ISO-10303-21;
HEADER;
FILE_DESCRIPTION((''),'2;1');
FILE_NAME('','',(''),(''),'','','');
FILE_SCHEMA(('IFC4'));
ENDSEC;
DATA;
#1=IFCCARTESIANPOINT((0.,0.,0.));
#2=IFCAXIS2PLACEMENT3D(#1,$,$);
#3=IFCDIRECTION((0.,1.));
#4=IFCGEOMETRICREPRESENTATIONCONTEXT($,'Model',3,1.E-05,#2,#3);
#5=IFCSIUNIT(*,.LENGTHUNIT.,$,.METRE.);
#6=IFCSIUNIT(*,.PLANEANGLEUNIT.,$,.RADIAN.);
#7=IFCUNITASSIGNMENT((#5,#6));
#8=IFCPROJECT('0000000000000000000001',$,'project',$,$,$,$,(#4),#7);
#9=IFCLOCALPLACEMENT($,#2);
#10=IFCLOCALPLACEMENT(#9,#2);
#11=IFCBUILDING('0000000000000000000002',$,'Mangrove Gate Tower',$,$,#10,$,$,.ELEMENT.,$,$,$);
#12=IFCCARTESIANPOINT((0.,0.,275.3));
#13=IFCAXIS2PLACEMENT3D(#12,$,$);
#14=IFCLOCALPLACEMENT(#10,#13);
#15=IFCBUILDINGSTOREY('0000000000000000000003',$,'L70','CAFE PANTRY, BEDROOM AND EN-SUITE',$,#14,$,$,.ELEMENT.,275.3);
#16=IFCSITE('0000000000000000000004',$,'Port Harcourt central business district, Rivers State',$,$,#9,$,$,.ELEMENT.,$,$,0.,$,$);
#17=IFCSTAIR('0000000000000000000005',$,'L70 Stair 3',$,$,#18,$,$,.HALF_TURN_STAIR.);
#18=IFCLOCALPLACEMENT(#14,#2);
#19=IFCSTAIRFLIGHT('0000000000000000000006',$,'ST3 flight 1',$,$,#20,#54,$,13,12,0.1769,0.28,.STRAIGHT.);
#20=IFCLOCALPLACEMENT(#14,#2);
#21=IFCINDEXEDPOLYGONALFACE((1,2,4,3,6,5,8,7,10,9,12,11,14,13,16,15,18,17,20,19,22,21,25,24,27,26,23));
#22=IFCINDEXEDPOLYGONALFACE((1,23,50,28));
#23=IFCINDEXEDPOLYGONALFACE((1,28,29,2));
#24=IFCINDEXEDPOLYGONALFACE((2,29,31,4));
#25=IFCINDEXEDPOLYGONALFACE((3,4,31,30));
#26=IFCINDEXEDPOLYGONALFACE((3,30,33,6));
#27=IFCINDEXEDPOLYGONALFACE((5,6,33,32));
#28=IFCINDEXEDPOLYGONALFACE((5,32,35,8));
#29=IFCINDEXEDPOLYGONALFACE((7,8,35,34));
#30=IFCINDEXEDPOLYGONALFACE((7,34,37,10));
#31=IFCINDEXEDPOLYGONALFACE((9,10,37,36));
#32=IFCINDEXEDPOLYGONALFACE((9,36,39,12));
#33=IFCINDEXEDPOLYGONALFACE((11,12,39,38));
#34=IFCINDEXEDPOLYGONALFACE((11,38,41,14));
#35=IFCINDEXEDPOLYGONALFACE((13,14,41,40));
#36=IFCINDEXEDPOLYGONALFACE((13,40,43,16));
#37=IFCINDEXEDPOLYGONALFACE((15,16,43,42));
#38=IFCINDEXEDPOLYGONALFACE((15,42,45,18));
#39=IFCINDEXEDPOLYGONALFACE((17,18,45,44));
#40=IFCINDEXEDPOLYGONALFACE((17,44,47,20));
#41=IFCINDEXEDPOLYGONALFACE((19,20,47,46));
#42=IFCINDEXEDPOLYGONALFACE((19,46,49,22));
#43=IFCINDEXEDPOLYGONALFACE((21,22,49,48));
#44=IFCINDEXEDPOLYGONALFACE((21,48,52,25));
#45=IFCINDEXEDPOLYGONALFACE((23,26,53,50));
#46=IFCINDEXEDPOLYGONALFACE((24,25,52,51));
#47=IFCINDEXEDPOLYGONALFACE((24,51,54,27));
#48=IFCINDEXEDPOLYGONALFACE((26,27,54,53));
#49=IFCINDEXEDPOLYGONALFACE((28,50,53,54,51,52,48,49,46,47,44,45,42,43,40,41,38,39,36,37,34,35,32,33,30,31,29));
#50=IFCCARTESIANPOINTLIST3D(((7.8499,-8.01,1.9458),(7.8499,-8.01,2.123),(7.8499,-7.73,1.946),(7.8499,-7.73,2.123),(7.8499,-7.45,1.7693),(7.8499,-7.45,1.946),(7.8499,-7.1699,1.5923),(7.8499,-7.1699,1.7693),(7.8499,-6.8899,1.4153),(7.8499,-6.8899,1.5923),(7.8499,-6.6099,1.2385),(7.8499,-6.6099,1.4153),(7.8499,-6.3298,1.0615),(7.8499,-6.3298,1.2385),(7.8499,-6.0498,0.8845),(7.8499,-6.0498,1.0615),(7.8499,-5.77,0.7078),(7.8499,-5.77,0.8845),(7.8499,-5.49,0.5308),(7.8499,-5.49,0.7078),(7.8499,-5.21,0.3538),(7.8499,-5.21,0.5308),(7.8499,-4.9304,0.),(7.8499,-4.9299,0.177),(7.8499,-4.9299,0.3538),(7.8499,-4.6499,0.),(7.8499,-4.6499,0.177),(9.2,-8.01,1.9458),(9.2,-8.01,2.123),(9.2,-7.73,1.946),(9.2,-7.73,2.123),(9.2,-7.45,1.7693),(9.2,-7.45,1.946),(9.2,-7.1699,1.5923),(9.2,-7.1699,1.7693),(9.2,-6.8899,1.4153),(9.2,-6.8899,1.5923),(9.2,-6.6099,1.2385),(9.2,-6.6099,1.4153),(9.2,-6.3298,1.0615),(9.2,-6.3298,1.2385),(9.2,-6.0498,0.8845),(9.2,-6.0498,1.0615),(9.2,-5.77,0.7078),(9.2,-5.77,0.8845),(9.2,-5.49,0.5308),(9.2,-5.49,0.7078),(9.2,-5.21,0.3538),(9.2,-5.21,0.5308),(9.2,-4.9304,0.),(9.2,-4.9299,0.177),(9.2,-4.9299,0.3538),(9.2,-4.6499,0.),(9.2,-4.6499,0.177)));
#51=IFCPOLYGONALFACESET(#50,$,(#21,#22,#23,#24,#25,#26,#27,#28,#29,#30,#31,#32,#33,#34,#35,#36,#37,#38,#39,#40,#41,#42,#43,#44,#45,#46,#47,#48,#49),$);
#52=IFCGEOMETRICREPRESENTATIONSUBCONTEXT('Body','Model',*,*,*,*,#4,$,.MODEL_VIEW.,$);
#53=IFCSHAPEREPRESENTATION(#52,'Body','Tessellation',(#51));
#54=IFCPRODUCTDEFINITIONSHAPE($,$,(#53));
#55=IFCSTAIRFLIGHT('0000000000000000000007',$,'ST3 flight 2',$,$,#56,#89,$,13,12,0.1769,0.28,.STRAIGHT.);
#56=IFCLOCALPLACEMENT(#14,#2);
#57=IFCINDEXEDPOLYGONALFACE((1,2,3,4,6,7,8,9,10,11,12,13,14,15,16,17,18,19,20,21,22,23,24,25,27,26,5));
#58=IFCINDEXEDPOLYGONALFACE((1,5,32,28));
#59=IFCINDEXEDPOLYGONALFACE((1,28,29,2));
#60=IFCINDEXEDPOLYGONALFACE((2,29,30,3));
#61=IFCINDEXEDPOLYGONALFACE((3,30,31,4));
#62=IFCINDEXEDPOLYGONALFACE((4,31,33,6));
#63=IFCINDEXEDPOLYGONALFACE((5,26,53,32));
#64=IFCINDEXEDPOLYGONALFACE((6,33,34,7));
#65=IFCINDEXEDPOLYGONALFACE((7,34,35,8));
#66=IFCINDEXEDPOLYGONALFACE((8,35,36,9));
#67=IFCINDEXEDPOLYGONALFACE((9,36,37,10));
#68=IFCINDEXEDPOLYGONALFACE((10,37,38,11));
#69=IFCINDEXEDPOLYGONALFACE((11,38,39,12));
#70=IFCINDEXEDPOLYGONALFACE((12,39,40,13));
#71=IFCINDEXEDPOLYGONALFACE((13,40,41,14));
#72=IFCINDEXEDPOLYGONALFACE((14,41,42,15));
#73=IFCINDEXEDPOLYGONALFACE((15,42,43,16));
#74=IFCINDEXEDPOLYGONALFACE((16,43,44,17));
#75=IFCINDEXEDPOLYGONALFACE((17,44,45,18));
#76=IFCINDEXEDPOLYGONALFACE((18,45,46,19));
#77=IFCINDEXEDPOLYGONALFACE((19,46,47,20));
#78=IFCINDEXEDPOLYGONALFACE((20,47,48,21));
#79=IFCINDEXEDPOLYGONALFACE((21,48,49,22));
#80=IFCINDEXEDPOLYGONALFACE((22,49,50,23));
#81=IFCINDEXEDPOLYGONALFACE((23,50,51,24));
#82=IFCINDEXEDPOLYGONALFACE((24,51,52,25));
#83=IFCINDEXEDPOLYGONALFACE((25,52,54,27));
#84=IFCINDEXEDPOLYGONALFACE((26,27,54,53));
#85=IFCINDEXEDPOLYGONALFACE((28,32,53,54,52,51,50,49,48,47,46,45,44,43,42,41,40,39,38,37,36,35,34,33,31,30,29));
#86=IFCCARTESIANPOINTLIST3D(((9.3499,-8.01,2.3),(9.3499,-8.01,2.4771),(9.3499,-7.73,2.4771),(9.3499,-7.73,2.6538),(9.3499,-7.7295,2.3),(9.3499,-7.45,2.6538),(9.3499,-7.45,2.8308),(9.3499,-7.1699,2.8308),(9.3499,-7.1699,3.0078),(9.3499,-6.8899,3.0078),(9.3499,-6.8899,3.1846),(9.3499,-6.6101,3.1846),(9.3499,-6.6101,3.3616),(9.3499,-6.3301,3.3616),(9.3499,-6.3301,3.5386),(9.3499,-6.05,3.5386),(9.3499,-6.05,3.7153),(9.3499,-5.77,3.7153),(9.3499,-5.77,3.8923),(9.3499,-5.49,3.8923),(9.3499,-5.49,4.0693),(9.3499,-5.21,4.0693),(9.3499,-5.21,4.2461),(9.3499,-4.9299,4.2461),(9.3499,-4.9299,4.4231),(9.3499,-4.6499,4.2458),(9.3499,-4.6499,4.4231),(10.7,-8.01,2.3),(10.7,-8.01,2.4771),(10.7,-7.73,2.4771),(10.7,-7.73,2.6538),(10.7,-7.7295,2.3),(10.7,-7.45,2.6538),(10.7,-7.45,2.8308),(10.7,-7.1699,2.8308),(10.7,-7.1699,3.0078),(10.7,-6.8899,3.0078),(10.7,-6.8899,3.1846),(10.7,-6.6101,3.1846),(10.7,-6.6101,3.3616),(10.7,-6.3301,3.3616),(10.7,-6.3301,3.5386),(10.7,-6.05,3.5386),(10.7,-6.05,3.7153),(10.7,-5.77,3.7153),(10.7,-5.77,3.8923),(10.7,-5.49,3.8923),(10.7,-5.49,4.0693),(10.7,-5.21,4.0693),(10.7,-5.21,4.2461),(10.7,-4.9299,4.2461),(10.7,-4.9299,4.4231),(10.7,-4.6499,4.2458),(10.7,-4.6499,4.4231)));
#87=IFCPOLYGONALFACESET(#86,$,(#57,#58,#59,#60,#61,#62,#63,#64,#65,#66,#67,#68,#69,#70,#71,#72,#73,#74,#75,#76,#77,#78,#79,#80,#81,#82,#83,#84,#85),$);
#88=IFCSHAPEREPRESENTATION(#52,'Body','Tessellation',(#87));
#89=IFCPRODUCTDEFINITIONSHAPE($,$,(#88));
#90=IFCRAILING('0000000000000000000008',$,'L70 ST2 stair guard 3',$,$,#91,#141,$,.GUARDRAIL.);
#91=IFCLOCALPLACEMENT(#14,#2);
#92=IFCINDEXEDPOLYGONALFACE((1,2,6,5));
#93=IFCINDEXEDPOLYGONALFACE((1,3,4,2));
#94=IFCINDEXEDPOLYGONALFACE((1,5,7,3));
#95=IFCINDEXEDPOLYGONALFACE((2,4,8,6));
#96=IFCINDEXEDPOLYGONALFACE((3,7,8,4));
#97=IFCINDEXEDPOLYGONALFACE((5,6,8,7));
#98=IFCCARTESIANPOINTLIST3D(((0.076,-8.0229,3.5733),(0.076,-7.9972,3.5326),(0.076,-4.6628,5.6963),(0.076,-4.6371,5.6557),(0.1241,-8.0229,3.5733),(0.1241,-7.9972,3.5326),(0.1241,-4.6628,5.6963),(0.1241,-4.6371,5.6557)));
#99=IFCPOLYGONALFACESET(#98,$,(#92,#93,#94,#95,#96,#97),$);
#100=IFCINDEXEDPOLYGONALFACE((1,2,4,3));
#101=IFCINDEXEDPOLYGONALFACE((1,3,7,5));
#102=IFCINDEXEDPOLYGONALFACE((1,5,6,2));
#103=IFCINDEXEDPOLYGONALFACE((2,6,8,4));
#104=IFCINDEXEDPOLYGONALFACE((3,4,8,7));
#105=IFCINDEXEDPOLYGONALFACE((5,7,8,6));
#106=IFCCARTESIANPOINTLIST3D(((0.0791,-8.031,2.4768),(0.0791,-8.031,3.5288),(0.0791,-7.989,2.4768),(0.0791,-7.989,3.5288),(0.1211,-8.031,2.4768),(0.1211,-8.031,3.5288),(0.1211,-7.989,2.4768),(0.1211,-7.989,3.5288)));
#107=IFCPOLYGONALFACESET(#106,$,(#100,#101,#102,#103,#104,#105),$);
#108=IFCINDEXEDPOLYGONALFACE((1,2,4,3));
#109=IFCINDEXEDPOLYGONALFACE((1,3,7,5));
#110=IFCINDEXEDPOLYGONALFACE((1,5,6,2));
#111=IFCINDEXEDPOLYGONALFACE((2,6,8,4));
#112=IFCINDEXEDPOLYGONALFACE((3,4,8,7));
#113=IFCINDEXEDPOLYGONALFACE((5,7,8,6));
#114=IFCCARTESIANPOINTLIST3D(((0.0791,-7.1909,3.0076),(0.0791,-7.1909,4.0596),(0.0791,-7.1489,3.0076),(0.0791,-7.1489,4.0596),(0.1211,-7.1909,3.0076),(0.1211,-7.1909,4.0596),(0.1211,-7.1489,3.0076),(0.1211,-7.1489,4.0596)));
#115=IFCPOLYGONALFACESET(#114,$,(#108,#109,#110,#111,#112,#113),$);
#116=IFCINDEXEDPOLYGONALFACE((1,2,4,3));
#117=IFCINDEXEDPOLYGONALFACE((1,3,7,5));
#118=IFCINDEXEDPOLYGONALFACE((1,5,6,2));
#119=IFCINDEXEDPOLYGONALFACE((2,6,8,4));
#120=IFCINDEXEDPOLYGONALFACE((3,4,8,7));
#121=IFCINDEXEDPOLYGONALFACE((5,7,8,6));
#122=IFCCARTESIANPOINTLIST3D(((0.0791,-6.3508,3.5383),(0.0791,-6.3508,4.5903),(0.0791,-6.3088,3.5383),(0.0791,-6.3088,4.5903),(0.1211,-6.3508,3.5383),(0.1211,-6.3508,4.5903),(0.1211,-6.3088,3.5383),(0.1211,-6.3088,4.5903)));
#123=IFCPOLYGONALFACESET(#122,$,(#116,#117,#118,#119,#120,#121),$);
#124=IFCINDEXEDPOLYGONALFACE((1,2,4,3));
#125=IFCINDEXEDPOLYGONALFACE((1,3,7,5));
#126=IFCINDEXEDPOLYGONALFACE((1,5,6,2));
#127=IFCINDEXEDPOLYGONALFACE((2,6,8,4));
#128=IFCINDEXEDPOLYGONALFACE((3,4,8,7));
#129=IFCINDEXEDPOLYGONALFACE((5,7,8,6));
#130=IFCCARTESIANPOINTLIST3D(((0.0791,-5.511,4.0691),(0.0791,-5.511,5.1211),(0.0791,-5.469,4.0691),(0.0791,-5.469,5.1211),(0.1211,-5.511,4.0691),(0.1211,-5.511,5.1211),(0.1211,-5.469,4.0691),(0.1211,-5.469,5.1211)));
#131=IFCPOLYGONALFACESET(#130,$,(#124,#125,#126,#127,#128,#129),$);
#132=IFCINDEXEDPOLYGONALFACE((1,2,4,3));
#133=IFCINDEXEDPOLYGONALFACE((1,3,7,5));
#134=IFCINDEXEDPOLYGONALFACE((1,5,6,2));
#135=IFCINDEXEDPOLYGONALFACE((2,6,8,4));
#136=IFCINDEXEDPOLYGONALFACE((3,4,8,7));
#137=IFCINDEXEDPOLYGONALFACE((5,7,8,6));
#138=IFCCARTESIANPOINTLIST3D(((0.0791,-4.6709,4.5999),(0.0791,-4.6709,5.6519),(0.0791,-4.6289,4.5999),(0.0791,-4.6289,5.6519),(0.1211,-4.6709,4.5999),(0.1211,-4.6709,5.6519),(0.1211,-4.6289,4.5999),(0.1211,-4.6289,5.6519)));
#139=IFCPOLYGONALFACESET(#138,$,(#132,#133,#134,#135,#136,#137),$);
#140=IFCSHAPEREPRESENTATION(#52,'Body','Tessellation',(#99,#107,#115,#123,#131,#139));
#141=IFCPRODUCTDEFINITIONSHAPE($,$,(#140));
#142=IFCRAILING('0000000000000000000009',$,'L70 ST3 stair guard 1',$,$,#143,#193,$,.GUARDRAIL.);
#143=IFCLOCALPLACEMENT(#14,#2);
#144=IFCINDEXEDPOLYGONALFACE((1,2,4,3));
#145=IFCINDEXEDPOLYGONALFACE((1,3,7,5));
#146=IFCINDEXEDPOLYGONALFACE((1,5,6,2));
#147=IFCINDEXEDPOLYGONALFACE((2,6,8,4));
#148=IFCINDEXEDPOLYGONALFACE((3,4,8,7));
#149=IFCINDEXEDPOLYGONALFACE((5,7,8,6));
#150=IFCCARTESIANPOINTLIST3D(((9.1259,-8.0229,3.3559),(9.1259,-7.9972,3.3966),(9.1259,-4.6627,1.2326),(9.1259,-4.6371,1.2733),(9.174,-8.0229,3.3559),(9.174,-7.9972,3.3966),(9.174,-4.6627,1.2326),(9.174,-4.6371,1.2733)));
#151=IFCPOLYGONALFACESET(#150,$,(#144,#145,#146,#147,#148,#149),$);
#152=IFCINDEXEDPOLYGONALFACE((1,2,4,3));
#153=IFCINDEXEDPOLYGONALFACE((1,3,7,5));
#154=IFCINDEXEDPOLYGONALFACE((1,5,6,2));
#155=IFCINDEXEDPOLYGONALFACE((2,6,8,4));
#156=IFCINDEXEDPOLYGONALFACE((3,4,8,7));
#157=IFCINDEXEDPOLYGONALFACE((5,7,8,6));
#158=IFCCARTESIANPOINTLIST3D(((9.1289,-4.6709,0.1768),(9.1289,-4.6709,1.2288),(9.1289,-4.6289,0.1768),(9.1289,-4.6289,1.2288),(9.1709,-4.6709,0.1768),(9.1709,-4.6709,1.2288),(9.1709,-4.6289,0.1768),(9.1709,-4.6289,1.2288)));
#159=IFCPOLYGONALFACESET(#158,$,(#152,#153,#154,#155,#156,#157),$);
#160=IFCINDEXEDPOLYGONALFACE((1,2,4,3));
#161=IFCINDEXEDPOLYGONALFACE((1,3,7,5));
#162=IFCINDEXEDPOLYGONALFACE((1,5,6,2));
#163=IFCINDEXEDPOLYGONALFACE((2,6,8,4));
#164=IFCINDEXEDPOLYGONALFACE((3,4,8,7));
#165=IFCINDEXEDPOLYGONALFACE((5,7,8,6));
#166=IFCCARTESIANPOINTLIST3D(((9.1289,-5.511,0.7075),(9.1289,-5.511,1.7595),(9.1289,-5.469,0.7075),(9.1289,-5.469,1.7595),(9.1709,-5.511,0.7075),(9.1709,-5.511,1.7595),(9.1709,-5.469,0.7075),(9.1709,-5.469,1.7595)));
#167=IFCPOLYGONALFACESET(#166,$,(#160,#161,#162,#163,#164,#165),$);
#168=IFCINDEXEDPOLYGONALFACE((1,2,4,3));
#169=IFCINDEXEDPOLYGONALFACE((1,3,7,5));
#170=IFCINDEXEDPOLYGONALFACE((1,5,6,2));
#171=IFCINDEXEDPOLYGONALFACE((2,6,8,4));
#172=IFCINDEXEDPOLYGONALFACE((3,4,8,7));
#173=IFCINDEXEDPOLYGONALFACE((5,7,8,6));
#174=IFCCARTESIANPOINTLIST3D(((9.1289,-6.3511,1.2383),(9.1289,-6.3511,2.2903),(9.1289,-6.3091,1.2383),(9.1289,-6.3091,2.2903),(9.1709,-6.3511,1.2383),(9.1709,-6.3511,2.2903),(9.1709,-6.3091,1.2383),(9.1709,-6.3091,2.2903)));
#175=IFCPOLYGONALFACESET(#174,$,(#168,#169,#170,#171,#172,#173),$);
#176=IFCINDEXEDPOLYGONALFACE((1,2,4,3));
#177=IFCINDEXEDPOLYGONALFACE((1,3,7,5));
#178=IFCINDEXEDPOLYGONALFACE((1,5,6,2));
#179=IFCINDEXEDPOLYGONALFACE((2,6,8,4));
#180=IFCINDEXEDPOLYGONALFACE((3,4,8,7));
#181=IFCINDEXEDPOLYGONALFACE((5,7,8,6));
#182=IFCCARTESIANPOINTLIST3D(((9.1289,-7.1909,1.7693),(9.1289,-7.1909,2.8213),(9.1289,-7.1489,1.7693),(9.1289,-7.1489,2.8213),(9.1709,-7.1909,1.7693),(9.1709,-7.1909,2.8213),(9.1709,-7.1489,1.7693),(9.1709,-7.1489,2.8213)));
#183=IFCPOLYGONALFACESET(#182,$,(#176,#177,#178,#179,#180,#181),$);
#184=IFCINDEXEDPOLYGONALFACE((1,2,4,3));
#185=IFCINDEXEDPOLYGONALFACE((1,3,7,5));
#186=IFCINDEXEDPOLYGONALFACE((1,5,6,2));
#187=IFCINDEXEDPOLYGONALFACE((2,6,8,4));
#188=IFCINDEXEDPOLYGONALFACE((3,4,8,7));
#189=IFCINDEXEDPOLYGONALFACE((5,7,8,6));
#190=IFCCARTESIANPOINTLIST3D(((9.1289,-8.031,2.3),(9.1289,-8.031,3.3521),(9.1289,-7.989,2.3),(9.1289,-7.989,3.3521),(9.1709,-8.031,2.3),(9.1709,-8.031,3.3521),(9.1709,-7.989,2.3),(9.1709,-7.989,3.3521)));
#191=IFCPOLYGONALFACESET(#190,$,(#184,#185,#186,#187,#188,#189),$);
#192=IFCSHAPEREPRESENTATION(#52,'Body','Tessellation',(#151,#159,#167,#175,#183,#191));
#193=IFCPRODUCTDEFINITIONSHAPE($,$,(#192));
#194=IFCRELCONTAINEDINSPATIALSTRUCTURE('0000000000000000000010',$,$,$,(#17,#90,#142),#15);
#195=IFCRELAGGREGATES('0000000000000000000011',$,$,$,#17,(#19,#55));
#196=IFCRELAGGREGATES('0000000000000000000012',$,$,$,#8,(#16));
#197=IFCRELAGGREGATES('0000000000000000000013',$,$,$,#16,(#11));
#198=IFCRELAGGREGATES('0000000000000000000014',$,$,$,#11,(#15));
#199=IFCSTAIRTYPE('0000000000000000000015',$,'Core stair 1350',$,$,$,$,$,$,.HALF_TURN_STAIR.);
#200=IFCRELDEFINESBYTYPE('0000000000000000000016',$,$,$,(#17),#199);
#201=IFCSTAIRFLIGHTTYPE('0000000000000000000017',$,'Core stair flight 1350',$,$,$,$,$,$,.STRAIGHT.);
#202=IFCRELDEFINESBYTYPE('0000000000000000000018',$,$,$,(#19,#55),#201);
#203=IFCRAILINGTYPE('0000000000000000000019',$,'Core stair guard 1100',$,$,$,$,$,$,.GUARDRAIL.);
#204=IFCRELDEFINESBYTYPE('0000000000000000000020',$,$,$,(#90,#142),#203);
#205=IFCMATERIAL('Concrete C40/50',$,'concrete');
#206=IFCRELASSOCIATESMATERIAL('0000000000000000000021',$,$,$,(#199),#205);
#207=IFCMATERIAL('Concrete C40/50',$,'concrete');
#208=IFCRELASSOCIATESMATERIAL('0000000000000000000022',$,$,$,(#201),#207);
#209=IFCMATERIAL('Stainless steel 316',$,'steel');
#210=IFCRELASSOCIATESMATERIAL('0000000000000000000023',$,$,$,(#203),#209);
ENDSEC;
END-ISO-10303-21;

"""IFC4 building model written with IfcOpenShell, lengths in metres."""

from ifc_helpers import new_model, si_unit, direction, frame, origin, origin_2d, place, context, subcontext, project, spatial, polyline, rectangle, outline, extrude, material, type_object, element, aggregate, save


model = new_model("IFC4")

# Units and contexts
model_context = context("Model", 3, precision=1e-05, world=origin(), true_north=direction((0.0, 1.0)))
body_context = subcontext(model_context, "Body", "Model", "MODEL_VIEW")
ifc_project = project(units=[si_unit("LENGTHUNIT", "METRE"), si_unit("PLANEANGLEUNIT", "RADIAN")], contexts=[model_context])

# Site, building, storey
site_placement = place(None, origin())
site = spatial("IfcSite", under=ifc_project, at=site_placement, Name="Port Harcourt central business district, Rivers State", CompositionType="ELEMENT", RefElevation=0.0)
building_placement = place(site_placement, origin())
building = spatial("IfcBuilding", under=site, at=building_placement, Name="Mangrove Gate Tower", CompositionType="ELEMENT")
storey_placement = place(building_placement, frame((0.0, 0.0, 275.3)))
storey = spatial("IfcBuildingStorey", under=building, at=storey_placement, Name="L70", Description="CAFE PANTRY, BEDROOM AND EN-SUITE", CompositionType="ELEMENT", Elevation=275.3)

# Shared definitions
ifc_material_1 = material(Name="Concrete C40/50", Category="concrete")
stair_type = type_object("IfcStairType", Name="Core stair 1350", PredefinedType="HALF_TURN_STAIR", material=ifc_material_1)
ifc_material_2 = material(Name="Concrete C40/50", Category="concrete")
stair_flight_type = type_object("IfcStairFlightType", Name="Core stair flight 1350", PredefinedType="STRAIGHT", material=ifc_material_2)

# Stair, stair flights
stair_1_placement = place(storey_placement, origin())
stair_1 = element("IfcStair", 1, at=stair_1_placement, inside=storey, type_object=stair_type, Name="L70 Stair 3", PredefinedType="HALF_TURN_STAIR")
stair_flight_1_placement = place(storey_placement, frame((8.5249, -4.6499, 0.0), z_axis=(0.0, 0.0, 1.0), x_axis=(0.0, -1.0, 0.0)))
stair_flight_1 = element("IfcStairFlight", 2, at=stair_flight_1_placement, type_object=stair_flight_type, Name="ST3 flight 1", NumberOfRisers=13, NumberOfTreads=12, PredefinedType="STRAIGHT", RiserHeight=0.1769, TreadLength=0.28, context=body_context, shape_type="SweptSolid", body=[
    extrude(outline(polyline([(0.0, 0.0), (0.0, 0.177), (0.28, 0.177), (0.28, 0.3538), (0.5601, 0.3538), (0.5601, 0.5308), (0.8401, 0.5308), (0.8401, 0.7078), (1.1201, 0.7078), (1.1201, 0.8845), (1.3999, 0.8845), (1.3999, 1.0615), (1.6799, 1.0615), (1.6799, 1.2385), (1.96, 1.2385), (1.96, 1.4153), (2.24, 1.4153), (2.24, 1.5923), (2.52, 1.5923), (2.52, 1.7693), (2.8, 1.7693), (2.8, 1.946), (3.0801, 1.946), (3.0801, 2.123), (3.3601, 2.123), (3.3601, 2.3), (3.3601, 1.9458), (0.2805, 0.0), (0.0, 0.0)])), frame((0.0, 0.675, 0.0), z_axis=(0.0, -1.0, 0.0), x_axis=(1.0, 0.0, 0.0)), (0.0, 0.0, 1.0), 1.3501),
])
stair_flight_2_placement = place(storey_placement, frame((10.0249, -8.01, 2.3), z_axis=(0.0, 0.0, 1.0), x_axis=(0.0, 1.0, 0.0)))
stair_flight_2 = element("IfcStairFlight", 3, at=stair_flight_2_placement, type_object=stair_flight_type, Name="ST3 flight 2", NumberOfRisers=13, NumberOfTreads=12, PredefinedType="STRAIGHT", RiserHeight=0.1769, TreadLength=0.28, context=body_context, shape_type="SweptSolid", body=[
    extrude(outline(polyline([(0.0, 0.0), (0.0, 0.177), (0.28, 0.177), (0.28, 0.3538), (0.5601, 0.3538), (0.5601, 0.5308), (0.8401, 0.5308), (0.8401, 0.7078), (1.1201, 0.7078), (1.1201, 0.8845), (1.3999, 0.8845), (1.3999, 1.0615), (1.6799, 1.0615), (1.6799, 1.2385), (1.96, 1.2385), (1.96, 1.4153), (2.24, 1.4153), (2.24, 1.5923), (2.52, 1.5923), (2.52, 1.7693), (2.8, 1.7693), (2.8, 1.946), (3.0801, 1.946), (3.0801, 2.123), (3.3601, 2.123), (3.3601, 2.3), (3.3601, 1.9458), (0.2805, 0.0), (0.0, 0.0)])), frame((0.0, 0.675, 0.0), z_axis=(0.0, -1.0, 0.0), x_axis=(1.0, 0.0, 0.0)), (0.0, 0.0, 1.0), 1.3501),
])
aggregate(stair_1, [stair_flight_1, stair_flight_2])

# Railings
ifc_material_3 = material(Name="Stainless steel 316", Category="steel")
railing_type_1 = type_object("IfcRailingType", Name="Core stair guard 1100", PredefinedType="GUARDRAIL", material=ifc_material_3)
railing_1_placement = place(storey_placement, frame((0.1001, -8.01, 2.4768)))
element("IfcRailing", 4, at=railing_1_placement, inside=storey, type_object=railing_type_1, Name="L70 ST2 stair guard 3", PredefinedType="GUARDRAIL", context=body_context, shape_type="SweptSolid", body=[
    extrude(rectangle(XDim=0.0481, YDim=0.0481, at=origin_2d()), frame((0.0, 0.0, 1.0762), z_axis=(0.0, 0.84539, 0.53415), x_axis=(-1.0, 0.0, 0.0)), (0.0, 0.0, 1.0), 3.9746),
    extrude(rectangle(XDim=0.042, YDim=0.042, at=origin_2d()), origin(), (0.0, 0.0, 1.0), 1.052),
    extrude(rectangle(XDim=0.042, YDim=0.042, at=origin_2d()), frame((0.0, 0.8401, 0.5308)), (0.0, 0.0, 1.0), 1.052),
    extrude(rectangle(XDim=0.042, YDim=0.042, at=origin_2d()), frame((0.0, 1.6802, 1.0615)), (0.0, 0.0, 1.0), 1.052),
    extrude(rectangle(XDim=0.042, YDim=0.042, at=origin_2d()), frame((0.0, 2.52, 1.5923)), (0.0, 0.0, 1.0), 1.052),
    extrude(rectangle(XDim=0.042, YDim=0.042, at=origin_2d()), frame((0.0, 3.3601, 2.123)), (0.0, 0.0, 1.0), 1.052),
])
railing_2_placement = place(storey_placement, frame((9.1499, -4.6499, 0.1768)))
element("IfcRailing", 5, at=railing_2_placement, inside=storey, type_object=railing_type_1, Name="L70 ST3 stair guard 1", PredefinedType="GUARDRAIL", context=body_context, shape_type="SweptSolid", body=[
    extrude(rectangle(XDim=0.0481, YDim=0.0481, at=origin_2d()), frame((0.0, 0.0, 1.0762), z_axis=(0.0, -0.845362, 0.534194), x_axis=(1.0, 0.0, 0.0)), (0.0, 0.0, 1.0), 3.9749),
    extrude(rectangle(XDim=0.042, YDim=0.042, at=origin_2d()), origin(), (0.0, 0.0, 1.0), 1.052),
    extrude(rectangle(XDim=0.042, YDim=0.042, at=origin_2d()), frame((0.0, -0.8401, 0.5308)), (0.0, 0.0, 1.0), 1.052),
    extrude(rectangle(XDim=0.042, YDim=0.042, at=origin_2d()), frame((0.0, -1.6802, 1.0615)), (0.0, 0.0, 1.0), 1.052),
    extrude(rectangle(XDim=0.042, YDim=0.042, at=origin_2d()), frame((0.0, -2.52, 1.5925)), (0.0, 0.0, 1.0), 1.052),
    extrude(rectangle(XDim=0.042, YDim=0.042, at=origin_2d()), frame((0.0, -3.3601, 2.1233)), (0.0, 0.0, 1.0), 1.052),
])

save(model, "model.ifc")
